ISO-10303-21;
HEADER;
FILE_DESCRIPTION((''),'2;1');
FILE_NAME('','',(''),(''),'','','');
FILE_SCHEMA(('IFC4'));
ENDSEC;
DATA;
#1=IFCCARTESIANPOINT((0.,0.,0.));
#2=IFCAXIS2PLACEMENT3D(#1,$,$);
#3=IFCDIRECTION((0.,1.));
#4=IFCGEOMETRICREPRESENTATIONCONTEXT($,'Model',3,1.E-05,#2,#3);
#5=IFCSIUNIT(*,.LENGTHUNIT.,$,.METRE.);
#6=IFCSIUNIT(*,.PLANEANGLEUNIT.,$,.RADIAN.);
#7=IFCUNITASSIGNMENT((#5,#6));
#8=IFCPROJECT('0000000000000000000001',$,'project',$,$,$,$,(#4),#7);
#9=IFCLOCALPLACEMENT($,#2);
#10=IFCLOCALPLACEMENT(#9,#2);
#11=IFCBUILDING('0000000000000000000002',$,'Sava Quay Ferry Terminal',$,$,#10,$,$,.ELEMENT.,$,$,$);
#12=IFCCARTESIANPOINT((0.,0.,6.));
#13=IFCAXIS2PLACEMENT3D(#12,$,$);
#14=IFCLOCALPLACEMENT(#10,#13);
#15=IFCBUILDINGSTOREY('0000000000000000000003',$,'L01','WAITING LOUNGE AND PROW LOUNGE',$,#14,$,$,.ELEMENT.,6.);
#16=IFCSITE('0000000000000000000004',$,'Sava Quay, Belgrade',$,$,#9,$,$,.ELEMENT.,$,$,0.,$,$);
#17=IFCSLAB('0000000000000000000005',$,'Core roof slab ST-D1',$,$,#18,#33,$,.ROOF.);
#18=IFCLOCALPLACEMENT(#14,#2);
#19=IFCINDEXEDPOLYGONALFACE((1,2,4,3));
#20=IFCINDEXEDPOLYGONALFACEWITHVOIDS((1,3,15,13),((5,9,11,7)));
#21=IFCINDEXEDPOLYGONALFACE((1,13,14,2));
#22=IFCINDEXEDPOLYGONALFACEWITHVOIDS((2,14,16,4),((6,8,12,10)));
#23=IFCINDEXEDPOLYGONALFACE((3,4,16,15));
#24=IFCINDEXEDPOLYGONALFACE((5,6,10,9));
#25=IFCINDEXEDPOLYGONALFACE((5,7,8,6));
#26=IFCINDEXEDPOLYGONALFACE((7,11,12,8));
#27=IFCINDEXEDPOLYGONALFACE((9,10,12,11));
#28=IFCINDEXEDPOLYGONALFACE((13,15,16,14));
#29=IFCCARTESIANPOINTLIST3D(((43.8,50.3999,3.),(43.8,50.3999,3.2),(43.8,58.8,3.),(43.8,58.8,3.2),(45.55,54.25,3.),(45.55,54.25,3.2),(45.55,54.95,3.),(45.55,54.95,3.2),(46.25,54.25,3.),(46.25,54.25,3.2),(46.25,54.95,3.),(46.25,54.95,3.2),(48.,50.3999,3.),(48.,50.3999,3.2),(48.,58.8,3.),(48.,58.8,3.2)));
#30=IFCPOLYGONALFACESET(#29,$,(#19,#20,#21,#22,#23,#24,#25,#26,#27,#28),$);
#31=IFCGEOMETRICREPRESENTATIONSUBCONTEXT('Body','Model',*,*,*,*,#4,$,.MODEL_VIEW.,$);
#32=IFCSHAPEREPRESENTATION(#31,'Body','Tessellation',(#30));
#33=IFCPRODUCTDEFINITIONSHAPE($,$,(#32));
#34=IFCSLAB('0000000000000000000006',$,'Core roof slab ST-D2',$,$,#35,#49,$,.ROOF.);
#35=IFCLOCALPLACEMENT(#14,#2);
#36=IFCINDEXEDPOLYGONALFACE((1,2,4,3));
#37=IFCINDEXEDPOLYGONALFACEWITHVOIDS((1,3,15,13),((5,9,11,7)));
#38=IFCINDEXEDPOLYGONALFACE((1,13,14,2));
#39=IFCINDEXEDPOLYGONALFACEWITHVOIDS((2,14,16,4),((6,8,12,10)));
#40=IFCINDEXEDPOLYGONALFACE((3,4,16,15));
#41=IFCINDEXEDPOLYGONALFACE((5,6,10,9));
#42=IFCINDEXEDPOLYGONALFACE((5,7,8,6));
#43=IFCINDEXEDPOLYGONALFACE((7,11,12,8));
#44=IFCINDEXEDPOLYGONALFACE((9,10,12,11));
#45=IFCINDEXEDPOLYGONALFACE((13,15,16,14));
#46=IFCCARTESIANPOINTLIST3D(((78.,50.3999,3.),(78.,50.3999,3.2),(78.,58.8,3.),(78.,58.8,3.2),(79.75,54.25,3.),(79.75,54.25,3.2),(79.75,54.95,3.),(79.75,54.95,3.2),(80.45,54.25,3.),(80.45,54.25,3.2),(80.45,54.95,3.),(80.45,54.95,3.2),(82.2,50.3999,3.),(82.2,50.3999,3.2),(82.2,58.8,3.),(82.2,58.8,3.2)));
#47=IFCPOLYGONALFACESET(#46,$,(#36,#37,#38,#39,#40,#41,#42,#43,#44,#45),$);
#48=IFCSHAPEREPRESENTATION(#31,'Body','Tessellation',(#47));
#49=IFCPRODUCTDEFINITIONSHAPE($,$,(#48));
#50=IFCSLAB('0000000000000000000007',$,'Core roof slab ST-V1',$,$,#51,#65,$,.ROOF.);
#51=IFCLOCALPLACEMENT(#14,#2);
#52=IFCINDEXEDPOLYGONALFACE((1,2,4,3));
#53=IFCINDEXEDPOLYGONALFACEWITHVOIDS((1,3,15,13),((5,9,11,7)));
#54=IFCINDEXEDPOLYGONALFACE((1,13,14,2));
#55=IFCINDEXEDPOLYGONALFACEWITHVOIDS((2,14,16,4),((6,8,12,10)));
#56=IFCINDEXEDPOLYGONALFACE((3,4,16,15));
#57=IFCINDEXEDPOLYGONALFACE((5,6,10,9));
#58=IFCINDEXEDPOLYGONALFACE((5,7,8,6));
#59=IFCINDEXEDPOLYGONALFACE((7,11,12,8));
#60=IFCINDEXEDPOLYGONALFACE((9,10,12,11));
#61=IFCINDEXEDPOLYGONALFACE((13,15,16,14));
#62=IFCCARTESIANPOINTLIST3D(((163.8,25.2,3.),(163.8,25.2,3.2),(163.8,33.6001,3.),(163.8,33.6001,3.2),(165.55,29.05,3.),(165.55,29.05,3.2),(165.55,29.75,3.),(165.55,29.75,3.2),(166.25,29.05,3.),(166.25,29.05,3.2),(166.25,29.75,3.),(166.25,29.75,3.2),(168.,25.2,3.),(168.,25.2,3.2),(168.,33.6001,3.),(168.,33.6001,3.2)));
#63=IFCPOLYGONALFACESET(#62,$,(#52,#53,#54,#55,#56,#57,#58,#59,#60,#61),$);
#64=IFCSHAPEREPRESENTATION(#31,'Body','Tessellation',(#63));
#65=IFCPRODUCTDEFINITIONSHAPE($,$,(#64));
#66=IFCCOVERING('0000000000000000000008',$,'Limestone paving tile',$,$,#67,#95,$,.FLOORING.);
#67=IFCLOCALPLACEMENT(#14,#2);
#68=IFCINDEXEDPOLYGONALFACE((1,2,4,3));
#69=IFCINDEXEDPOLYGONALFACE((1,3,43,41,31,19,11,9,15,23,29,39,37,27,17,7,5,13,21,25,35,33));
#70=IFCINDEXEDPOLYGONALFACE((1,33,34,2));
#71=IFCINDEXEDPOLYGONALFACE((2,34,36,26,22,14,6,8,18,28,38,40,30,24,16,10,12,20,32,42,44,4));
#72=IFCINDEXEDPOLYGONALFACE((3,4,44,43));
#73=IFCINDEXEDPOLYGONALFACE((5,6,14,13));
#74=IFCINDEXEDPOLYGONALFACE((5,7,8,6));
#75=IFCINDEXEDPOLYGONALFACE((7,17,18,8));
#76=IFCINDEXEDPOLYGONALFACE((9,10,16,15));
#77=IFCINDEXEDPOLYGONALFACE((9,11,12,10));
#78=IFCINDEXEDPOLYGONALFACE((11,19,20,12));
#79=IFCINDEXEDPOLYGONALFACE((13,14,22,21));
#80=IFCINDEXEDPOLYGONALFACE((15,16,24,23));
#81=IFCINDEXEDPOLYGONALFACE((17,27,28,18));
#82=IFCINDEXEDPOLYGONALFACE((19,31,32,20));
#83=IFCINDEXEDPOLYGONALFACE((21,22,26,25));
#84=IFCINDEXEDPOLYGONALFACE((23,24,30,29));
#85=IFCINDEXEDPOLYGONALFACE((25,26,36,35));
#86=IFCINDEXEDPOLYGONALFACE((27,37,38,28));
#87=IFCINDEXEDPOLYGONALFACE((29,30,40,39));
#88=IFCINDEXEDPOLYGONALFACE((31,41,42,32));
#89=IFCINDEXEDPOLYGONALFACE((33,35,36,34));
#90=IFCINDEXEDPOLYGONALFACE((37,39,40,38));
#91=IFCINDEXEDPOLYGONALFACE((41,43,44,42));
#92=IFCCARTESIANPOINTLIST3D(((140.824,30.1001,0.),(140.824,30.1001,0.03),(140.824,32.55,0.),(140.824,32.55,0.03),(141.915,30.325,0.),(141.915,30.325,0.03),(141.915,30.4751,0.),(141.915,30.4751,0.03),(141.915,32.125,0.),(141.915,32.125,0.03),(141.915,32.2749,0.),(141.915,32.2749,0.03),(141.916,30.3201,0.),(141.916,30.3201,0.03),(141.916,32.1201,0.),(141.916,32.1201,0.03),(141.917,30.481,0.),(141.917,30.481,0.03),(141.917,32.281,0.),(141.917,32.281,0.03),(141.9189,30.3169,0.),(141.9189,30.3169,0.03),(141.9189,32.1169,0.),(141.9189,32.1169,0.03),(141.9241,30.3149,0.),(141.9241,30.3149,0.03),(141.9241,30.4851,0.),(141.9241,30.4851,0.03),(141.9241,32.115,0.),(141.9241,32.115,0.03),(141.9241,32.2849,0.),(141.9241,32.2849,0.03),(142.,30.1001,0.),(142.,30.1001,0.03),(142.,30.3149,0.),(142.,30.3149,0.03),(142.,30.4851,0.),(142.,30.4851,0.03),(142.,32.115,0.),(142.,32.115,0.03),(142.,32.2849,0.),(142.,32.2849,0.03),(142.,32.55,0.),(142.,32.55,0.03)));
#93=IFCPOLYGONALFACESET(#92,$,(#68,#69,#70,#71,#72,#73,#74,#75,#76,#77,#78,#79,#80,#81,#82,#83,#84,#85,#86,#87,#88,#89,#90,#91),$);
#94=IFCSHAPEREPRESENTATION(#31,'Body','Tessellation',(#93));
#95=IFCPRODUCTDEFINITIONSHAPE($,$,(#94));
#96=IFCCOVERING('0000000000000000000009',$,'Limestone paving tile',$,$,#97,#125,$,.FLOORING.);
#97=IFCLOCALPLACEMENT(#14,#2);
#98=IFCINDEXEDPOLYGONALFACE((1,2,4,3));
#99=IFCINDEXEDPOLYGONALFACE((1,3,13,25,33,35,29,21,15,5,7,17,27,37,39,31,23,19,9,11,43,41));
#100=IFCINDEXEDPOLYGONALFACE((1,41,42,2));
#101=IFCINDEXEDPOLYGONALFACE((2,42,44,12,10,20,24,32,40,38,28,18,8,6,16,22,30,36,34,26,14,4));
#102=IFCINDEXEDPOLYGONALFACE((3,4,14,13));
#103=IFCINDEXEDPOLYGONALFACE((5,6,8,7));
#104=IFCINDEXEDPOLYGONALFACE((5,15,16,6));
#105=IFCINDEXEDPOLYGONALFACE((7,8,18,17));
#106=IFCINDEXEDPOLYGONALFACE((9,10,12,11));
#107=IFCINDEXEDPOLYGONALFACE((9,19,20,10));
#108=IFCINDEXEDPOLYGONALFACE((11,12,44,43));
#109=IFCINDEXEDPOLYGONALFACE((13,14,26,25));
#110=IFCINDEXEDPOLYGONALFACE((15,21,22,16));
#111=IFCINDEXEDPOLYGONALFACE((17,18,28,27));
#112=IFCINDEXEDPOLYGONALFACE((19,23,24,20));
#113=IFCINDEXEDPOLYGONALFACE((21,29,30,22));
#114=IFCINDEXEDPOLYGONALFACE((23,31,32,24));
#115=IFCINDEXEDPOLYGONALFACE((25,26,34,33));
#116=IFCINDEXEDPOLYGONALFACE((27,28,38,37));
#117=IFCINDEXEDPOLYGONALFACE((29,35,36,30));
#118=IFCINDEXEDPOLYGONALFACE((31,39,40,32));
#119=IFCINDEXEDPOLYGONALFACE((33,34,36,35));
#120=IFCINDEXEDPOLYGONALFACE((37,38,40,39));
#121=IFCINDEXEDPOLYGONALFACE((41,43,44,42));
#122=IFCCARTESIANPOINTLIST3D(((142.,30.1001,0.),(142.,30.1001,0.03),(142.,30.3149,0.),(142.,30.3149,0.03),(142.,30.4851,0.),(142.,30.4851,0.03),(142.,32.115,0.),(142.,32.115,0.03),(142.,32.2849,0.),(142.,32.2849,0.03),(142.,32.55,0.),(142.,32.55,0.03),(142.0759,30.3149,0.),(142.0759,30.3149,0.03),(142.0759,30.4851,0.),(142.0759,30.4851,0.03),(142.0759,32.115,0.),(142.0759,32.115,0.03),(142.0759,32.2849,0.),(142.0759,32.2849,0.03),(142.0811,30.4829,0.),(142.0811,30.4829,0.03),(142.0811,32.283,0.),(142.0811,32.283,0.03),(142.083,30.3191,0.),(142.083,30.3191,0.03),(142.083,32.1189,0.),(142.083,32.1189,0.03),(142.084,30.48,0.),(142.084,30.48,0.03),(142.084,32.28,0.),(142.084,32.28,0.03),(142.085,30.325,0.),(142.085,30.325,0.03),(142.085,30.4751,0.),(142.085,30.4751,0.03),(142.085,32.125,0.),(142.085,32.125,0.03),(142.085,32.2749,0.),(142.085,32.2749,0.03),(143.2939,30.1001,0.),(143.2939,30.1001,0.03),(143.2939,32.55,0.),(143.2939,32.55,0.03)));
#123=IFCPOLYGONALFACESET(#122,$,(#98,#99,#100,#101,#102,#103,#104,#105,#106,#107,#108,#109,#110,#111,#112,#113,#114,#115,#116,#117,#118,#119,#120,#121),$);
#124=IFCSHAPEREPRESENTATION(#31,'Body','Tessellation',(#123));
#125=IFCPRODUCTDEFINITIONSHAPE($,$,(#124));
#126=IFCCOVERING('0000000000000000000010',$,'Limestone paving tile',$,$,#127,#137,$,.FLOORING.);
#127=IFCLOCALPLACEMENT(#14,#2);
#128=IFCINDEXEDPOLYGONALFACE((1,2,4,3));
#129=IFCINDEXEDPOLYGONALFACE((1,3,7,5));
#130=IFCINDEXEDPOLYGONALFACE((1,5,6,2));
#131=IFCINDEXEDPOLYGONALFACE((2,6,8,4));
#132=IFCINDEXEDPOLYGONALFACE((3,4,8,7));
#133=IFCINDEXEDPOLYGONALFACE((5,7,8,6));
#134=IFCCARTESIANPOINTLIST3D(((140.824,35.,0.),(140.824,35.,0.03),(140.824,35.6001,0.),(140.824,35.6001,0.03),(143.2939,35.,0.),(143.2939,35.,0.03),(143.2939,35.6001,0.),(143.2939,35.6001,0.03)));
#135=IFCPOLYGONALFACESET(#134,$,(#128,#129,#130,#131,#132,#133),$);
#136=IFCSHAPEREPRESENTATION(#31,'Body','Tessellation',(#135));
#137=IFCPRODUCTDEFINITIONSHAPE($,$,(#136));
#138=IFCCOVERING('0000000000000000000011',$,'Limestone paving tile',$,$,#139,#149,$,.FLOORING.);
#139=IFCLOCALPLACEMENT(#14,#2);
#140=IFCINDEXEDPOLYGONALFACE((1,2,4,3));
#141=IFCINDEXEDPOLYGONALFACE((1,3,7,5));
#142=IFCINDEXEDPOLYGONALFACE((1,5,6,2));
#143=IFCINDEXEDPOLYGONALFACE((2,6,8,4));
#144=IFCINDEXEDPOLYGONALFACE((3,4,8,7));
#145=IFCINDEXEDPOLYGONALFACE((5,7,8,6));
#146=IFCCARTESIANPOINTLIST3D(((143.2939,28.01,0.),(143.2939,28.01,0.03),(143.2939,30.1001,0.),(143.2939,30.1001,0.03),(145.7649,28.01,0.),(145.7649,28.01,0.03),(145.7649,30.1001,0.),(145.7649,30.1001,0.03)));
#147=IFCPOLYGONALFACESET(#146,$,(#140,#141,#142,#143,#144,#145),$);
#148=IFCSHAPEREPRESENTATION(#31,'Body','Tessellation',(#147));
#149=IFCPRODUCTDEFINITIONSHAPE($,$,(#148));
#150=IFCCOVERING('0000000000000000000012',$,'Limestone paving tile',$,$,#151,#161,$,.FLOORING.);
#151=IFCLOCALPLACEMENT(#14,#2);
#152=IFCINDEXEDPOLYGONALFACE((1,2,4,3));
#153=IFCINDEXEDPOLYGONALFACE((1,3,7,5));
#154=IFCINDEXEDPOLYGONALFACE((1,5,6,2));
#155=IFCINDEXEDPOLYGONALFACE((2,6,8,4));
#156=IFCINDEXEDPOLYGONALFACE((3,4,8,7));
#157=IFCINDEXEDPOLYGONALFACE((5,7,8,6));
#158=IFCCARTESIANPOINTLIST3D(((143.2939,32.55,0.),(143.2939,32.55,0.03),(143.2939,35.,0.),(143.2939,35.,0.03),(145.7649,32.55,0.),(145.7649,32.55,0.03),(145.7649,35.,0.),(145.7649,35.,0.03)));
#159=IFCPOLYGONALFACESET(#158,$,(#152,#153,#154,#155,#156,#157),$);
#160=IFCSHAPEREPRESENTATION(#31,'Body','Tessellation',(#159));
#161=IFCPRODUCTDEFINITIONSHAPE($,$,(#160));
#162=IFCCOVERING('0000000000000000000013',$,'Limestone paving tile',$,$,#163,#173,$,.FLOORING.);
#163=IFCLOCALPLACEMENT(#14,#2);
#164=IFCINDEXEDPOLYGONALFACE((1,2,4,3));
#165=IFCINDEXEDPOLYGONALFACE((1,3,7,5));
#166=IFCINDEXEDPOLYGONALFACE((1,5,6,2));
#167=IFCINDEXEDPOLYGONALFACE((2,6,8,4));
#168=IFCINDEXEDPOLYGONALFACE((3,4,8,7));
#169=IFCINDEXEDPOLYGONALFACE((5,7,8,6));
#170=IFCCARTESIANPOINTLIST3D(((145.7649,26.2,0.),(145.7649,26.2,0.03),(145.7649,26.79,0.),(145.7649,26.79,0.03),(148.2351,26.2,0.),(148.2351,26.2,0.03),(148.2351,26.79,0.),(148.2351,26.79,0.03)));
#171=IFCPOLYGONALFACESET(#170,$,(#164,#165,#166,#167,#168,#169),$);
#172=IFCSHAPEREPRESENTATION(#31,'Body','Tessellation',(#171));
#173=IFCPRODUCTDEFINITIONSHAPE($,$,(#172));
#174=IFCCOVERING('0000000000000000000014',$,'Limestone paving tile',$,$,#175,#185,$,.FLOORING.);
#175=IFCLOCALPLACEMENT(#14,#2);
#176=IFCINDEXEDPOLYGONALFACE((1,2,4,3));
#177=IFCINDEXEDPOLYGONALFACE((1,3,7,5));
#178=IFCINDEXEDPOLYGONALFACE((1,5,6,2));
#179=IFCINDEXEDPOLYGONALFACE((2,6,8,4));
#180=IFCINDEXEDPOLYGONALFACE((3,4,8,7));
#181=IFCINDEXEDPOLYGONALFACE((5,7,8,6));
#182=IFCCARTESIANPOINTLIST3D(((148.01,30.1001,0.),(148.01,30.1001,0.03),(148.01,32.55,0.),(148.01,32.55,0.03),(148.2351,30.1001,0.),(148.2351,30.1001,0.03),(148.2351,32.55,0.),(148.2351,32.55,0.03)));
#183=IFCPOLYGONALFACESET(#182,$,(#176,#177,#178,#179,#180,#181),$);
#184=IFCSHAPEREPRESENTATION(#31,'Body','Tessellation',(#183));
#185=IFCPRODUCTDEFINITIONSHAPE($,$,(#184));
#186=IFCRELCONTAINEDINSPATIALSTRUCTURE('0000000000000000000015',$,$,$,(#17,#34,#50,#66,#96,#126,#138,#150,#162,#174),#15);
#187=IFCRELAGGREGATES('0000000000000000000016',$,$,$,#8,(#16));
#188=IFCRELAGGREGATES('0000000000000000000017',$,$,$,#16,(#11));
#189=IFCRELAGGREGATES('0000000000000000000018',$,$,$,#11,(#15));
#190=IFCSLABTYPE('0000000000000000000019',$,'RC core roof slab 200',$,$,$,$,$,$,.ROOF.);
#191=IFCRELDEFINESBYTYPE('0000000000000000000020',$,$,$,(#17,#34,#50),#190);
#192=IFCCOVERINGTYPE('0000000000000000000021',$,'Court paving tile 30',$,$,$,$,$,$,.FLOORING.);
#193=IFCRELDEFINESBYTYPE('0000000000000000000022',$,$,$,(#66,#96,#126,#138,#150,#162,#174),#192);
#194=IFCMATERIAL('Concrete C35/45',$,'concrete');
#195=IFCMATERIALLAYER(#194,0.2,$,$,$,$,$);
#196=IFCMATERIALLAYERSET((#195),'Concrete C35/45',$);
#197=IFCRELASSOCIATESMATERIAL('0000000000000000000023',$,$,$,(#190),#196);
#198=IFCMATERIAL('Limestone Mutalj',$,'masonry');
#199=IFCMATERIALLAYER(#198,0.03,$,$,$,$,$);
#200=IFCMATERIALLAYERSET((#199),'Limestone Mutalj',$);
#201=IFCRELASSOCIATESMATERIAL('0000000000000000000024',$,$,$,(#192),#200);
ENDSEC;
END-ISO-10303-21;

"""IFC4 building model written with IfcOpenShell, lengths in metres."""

from ifc_helpers import new_model, si_unit, direction, frame, origin, place, context, subcontext, project, spatial, polyline, outline, extrude, material, layer, layer_set, type_object, element, save


model = new_model("IFC4")

# Units and contexts
model_context = context("Model", 3, precision=1e-05, world=origin(), true_north=direction((0.0, 1.0)))
body_context = subcontext(model_context, "Body", "Model", "MODEL_VIEW")
ifc_project = project(units=[si_unit("LENGTHUNIT", "METRE"), si_unit("PLANEANGLEUNIT", "RADIAN")], contexts=[model_context])

# Site, building, storey
site_placement = place(None, origin())
site = spatial("IfcSite", under=ifc_project, at=site_placement, Name="Sava Quay, Belgrade", CompositionType="ELEMENT", RefElevation=0.0)
building_placement = place(site_placement, origin())
building = spatial("IfcBuilding", under=site, at=building_placement, Name="Sava Quay Ferry Terminal", CompositionType="ELEMENT")
storey_placement = place(building_placement, frame((0.0, 0.0, 6.0)))
storey = spatial("IfcBuildingStorey", under=building, at=storey_placement, Name="L01", Description="WAITING LOUNGE AND PROW LOUNGE", CompositionType="ELEMENT", Elevation=6.0)

# Slabs
ifc_material_1 = material(Name="Concrete C35/45", Category="concrete")
ifc_layer_1 = layer(ifc_material_1, 0.2)
ifc_layer_set_1 = layer_set([ifc_layer_1], Name="Concrete C35/45")
slab_type = type_object("IfcSlabType", Name="RC core roof slab 200", PredefinedType="ROOF", material=ifc_layer_set_1)
slab_1_placement = place(storey_placement, frame((0.0, 0.0, 3.0)))
element("IfcSlab", 1, at=slab_1_placement, inside=storey, type_object=slab_type, Name="Core roof slab ST-D1", PredefinedType="ROOF", context=body_context, shape_type="SweptSolid", body=[
    extrude(outline(polyline([(43.8, 50.3999), (48.0, 50.3999), (48.0, 58.8), (43.8, 58.8), (43.8, 50.3999)]), holes=[polyline([(45.55, 54.25), (46.25, 54.25), (46.25, 54.95), (45.55, 54.95), (45.55, 54.25)])]), origin(), (0.0, 0.0, 1.0), 0.2),
])
slab_2_placement = place(storey_placement, frame((0.0, 0.0, 3.0)))
element("IfcSlab", 2, at=slab_2_placement, inside=storey, type_object=slab_type, Name="Core roof slab ST-D2", PredefinedType="ROOF", context=body_context, shape_type="SweptSolid", body=[
    extrude(outline(polyline([(78.0, 50.3999), (82.2, 50.3999), (82.2, 58.8), (78.0, 58.8), (78.0, 50.3999)]), holes=[polyline([(79.75, 54.25), (80.45, 54.25), (80.45, 54.95), (79.75, 54.95), (79.75, 54.25)])]), origin(), (0.0, 0.0, 1.0), 0.2),
])
slab_3_placement = place(storey_placement, frame((0.0, 0.0, 3.0)))
element("IfcSlab", 3, at=slab_3_placement, inside=storey, type_object=slab_type, Name="Core roof slab ST-V1", PredefinedType="ROOF", context=body_context, shape_type="SweptSolid", body=[
    extrude(outline(polyline([(163.8, 25.2), (168.0, 25.2), (168.0, 33.6001), (163.8, 33.6001), (163.8, 25.2)]), holes=[polyline([(165.55, 29.05), (166.25, 29.05), (166.25, 29.75), (165.55, 29.75), (165.55, 29.05)])]), origin(), (0.0, 0.0, 1.0), 0.2),
])

# Coverings
ifc_material_2 = material(Name="Limestone Mutalj", Category="masonry")
ifc_layer_2 = layer(ifc_material_2, 0.03)
ifc_layer_set_2 = layer_set([ifc_layer_2], Name="Limestone Mutalj")
covering_type_1 = type_object("IfcCoveringType", Name="Court paving tile 30", PredefinedType="FLOORING", material=ifc_layer_set_2)
covering_1_placement = place(storey_placement, origin())
element("IfcCovering", 4, at=covering_1_placement, inside=storey, type_object=covering_type_1, Name="Limestone paving tile", PredefinedType="FLOORING", context=body_context, shape_type="SweptSolid", body=[
    extrude(outline(polyline([(140.824, 32.55), (140.824, 30.1001), (142.0, 30.1001), (142.0, 30.3149), (141.9241, 30.3149), (141.9189, 30.3169), (141.916, 30.3201), (141.915, 30.325), (141.915, 30.4751), (141.917, 30.481), (141.9241, 30.4851), (142.0, 30.4851), (142.0, 32.115), (141.9241, 32.115), (141.9189, 32.1169), (141.916, 32.1201), (141.915, 32.125), (141.915, 32.2749), (141.917, 32.281), (141.9241, 32.2849), (142.0, 32.2849), (142.0, 32.55), (140.824, 32.55)])), origin(), (0.0, 0.0, 1.0), 0.03),
])
covering_2_placement = place(storey_placement, origin())
element("IfcCovering", 5, at=covering_2_placement, inside=storey, type_object=covering_type_1, Name="Limestone paving tile", PredefinedType="FLOORING", context=body_context, shape_type="SweptSolid", body=[
    extrude(outline(polyline([(143.2939, 32.55), (142.0, 32.55), (142.0, 32.2849), (142.0759, 32.2849), (142.0811, 32.283), (142.084, 32.28), (142.085, 32.2749), (142.085, 32.125), (142.083, 32.1189), (142.0759, 32.115), (142.0, 32.115), (142.0, 30.4851), (142.0759, 30.4851), (142.0811, 30.4829), (142.084, 30.48), (142.085, 30.4751), (142.085, 30.325), (142.083, 30.3191), (142.0759, 30.3149), (142.0, 30.3149), (142.0, 30.1001), (143.2939, 30.1001), (143.2939, 32.55)])), origin(), (0.0, 0.0, 1.0), 0.03),
])
covering_3_placement = place(storey_placement, origin())
element("IfcCovering", 6, at=covering_3_placement, inside=storey, type_object=covering_type_1, Name="Limestone paving tile", PredefinedType="FLOORING", context=body_context, shape_type="SweptSolid", body=[
    extrude(outline(polyline([(143.2939, 35.0), (143.2939, 35.6001), (140.824, 35.6001), (140.824, 35.0), (143.2939, 35.0)])), origin(), (0.0, 0.0, 1.0), 0.03),
])
covering_4_placement = place(storey_placement, origin())
element("IfcCovering", 7, at=covering_4_placement, inside=storey, type_object=covering_type_1, Name="Limestone paving tile", PredefinedType="FLOORING", context=body_context, shape_type="SweptSolid", body=[
    extrude(outline(polyline([(143.2939, 30.1001), (143.2939, 28.01), (145.7649, 28.01), (145.7649, 30.1001), (143.2939, 30.1001)])), origin(), (0.0, 0.0, 1.0), 0.03),
])
covering_5_placement = place(storey_placement, origin())
element("IfcCovering", 8, at=covering_5_placement, inside=storey, type_object=covering_type_1, Name="Limestone paving tile", PredefinedType="FLOORING", context=body_context, shape_type="SweptSolid", body=[
    extrude(outline(polyline([(143.2939, 32.55), (145.7649, 32.55), (145.7649, 35.0), (143.2939, 35.0), (143.2939, 32.55)])), origin(), (0.0, 0.0, 1.0), 0.03),
])
covering_6_placement = place(storey_placement, origin())
element("IfcCovering", 9, at=covering_6_placement, inside=storey, type_object=covering_type_1, Name="Limestone paving tile", PredefinedType="FLOORING", context=body_context, shape_type="SweptSolid", body=[
    extrude(outline(polyline([(148.2351, 26.2), (148.2351, 26.79), (145.7649, 26.79), (145.7649, 26.2), (148.2351, 26.2)])), origin(), (0.0, 0.0, 1.0), 0.03),
])
covering_7_placement = place(storey_placement, origin())
element("IfcCovering", 10, at=covering_7_placement, inside=storey, type_object=covering_type_1, Name="Limestone paving tile", PredefinedType="FLOORING", context=body_context, shape_type="SweptSolid", body=[
    extrude(outline(polyline([(148.2351, 32.55), (148.01, 32.55), (148.01, 30.1001), (148.2351, 30.1001), (148.2351, 32.55)])), origin(), (0.0, 0.0, 1.0), 0.03),
])

save(model, "model.ifc")
